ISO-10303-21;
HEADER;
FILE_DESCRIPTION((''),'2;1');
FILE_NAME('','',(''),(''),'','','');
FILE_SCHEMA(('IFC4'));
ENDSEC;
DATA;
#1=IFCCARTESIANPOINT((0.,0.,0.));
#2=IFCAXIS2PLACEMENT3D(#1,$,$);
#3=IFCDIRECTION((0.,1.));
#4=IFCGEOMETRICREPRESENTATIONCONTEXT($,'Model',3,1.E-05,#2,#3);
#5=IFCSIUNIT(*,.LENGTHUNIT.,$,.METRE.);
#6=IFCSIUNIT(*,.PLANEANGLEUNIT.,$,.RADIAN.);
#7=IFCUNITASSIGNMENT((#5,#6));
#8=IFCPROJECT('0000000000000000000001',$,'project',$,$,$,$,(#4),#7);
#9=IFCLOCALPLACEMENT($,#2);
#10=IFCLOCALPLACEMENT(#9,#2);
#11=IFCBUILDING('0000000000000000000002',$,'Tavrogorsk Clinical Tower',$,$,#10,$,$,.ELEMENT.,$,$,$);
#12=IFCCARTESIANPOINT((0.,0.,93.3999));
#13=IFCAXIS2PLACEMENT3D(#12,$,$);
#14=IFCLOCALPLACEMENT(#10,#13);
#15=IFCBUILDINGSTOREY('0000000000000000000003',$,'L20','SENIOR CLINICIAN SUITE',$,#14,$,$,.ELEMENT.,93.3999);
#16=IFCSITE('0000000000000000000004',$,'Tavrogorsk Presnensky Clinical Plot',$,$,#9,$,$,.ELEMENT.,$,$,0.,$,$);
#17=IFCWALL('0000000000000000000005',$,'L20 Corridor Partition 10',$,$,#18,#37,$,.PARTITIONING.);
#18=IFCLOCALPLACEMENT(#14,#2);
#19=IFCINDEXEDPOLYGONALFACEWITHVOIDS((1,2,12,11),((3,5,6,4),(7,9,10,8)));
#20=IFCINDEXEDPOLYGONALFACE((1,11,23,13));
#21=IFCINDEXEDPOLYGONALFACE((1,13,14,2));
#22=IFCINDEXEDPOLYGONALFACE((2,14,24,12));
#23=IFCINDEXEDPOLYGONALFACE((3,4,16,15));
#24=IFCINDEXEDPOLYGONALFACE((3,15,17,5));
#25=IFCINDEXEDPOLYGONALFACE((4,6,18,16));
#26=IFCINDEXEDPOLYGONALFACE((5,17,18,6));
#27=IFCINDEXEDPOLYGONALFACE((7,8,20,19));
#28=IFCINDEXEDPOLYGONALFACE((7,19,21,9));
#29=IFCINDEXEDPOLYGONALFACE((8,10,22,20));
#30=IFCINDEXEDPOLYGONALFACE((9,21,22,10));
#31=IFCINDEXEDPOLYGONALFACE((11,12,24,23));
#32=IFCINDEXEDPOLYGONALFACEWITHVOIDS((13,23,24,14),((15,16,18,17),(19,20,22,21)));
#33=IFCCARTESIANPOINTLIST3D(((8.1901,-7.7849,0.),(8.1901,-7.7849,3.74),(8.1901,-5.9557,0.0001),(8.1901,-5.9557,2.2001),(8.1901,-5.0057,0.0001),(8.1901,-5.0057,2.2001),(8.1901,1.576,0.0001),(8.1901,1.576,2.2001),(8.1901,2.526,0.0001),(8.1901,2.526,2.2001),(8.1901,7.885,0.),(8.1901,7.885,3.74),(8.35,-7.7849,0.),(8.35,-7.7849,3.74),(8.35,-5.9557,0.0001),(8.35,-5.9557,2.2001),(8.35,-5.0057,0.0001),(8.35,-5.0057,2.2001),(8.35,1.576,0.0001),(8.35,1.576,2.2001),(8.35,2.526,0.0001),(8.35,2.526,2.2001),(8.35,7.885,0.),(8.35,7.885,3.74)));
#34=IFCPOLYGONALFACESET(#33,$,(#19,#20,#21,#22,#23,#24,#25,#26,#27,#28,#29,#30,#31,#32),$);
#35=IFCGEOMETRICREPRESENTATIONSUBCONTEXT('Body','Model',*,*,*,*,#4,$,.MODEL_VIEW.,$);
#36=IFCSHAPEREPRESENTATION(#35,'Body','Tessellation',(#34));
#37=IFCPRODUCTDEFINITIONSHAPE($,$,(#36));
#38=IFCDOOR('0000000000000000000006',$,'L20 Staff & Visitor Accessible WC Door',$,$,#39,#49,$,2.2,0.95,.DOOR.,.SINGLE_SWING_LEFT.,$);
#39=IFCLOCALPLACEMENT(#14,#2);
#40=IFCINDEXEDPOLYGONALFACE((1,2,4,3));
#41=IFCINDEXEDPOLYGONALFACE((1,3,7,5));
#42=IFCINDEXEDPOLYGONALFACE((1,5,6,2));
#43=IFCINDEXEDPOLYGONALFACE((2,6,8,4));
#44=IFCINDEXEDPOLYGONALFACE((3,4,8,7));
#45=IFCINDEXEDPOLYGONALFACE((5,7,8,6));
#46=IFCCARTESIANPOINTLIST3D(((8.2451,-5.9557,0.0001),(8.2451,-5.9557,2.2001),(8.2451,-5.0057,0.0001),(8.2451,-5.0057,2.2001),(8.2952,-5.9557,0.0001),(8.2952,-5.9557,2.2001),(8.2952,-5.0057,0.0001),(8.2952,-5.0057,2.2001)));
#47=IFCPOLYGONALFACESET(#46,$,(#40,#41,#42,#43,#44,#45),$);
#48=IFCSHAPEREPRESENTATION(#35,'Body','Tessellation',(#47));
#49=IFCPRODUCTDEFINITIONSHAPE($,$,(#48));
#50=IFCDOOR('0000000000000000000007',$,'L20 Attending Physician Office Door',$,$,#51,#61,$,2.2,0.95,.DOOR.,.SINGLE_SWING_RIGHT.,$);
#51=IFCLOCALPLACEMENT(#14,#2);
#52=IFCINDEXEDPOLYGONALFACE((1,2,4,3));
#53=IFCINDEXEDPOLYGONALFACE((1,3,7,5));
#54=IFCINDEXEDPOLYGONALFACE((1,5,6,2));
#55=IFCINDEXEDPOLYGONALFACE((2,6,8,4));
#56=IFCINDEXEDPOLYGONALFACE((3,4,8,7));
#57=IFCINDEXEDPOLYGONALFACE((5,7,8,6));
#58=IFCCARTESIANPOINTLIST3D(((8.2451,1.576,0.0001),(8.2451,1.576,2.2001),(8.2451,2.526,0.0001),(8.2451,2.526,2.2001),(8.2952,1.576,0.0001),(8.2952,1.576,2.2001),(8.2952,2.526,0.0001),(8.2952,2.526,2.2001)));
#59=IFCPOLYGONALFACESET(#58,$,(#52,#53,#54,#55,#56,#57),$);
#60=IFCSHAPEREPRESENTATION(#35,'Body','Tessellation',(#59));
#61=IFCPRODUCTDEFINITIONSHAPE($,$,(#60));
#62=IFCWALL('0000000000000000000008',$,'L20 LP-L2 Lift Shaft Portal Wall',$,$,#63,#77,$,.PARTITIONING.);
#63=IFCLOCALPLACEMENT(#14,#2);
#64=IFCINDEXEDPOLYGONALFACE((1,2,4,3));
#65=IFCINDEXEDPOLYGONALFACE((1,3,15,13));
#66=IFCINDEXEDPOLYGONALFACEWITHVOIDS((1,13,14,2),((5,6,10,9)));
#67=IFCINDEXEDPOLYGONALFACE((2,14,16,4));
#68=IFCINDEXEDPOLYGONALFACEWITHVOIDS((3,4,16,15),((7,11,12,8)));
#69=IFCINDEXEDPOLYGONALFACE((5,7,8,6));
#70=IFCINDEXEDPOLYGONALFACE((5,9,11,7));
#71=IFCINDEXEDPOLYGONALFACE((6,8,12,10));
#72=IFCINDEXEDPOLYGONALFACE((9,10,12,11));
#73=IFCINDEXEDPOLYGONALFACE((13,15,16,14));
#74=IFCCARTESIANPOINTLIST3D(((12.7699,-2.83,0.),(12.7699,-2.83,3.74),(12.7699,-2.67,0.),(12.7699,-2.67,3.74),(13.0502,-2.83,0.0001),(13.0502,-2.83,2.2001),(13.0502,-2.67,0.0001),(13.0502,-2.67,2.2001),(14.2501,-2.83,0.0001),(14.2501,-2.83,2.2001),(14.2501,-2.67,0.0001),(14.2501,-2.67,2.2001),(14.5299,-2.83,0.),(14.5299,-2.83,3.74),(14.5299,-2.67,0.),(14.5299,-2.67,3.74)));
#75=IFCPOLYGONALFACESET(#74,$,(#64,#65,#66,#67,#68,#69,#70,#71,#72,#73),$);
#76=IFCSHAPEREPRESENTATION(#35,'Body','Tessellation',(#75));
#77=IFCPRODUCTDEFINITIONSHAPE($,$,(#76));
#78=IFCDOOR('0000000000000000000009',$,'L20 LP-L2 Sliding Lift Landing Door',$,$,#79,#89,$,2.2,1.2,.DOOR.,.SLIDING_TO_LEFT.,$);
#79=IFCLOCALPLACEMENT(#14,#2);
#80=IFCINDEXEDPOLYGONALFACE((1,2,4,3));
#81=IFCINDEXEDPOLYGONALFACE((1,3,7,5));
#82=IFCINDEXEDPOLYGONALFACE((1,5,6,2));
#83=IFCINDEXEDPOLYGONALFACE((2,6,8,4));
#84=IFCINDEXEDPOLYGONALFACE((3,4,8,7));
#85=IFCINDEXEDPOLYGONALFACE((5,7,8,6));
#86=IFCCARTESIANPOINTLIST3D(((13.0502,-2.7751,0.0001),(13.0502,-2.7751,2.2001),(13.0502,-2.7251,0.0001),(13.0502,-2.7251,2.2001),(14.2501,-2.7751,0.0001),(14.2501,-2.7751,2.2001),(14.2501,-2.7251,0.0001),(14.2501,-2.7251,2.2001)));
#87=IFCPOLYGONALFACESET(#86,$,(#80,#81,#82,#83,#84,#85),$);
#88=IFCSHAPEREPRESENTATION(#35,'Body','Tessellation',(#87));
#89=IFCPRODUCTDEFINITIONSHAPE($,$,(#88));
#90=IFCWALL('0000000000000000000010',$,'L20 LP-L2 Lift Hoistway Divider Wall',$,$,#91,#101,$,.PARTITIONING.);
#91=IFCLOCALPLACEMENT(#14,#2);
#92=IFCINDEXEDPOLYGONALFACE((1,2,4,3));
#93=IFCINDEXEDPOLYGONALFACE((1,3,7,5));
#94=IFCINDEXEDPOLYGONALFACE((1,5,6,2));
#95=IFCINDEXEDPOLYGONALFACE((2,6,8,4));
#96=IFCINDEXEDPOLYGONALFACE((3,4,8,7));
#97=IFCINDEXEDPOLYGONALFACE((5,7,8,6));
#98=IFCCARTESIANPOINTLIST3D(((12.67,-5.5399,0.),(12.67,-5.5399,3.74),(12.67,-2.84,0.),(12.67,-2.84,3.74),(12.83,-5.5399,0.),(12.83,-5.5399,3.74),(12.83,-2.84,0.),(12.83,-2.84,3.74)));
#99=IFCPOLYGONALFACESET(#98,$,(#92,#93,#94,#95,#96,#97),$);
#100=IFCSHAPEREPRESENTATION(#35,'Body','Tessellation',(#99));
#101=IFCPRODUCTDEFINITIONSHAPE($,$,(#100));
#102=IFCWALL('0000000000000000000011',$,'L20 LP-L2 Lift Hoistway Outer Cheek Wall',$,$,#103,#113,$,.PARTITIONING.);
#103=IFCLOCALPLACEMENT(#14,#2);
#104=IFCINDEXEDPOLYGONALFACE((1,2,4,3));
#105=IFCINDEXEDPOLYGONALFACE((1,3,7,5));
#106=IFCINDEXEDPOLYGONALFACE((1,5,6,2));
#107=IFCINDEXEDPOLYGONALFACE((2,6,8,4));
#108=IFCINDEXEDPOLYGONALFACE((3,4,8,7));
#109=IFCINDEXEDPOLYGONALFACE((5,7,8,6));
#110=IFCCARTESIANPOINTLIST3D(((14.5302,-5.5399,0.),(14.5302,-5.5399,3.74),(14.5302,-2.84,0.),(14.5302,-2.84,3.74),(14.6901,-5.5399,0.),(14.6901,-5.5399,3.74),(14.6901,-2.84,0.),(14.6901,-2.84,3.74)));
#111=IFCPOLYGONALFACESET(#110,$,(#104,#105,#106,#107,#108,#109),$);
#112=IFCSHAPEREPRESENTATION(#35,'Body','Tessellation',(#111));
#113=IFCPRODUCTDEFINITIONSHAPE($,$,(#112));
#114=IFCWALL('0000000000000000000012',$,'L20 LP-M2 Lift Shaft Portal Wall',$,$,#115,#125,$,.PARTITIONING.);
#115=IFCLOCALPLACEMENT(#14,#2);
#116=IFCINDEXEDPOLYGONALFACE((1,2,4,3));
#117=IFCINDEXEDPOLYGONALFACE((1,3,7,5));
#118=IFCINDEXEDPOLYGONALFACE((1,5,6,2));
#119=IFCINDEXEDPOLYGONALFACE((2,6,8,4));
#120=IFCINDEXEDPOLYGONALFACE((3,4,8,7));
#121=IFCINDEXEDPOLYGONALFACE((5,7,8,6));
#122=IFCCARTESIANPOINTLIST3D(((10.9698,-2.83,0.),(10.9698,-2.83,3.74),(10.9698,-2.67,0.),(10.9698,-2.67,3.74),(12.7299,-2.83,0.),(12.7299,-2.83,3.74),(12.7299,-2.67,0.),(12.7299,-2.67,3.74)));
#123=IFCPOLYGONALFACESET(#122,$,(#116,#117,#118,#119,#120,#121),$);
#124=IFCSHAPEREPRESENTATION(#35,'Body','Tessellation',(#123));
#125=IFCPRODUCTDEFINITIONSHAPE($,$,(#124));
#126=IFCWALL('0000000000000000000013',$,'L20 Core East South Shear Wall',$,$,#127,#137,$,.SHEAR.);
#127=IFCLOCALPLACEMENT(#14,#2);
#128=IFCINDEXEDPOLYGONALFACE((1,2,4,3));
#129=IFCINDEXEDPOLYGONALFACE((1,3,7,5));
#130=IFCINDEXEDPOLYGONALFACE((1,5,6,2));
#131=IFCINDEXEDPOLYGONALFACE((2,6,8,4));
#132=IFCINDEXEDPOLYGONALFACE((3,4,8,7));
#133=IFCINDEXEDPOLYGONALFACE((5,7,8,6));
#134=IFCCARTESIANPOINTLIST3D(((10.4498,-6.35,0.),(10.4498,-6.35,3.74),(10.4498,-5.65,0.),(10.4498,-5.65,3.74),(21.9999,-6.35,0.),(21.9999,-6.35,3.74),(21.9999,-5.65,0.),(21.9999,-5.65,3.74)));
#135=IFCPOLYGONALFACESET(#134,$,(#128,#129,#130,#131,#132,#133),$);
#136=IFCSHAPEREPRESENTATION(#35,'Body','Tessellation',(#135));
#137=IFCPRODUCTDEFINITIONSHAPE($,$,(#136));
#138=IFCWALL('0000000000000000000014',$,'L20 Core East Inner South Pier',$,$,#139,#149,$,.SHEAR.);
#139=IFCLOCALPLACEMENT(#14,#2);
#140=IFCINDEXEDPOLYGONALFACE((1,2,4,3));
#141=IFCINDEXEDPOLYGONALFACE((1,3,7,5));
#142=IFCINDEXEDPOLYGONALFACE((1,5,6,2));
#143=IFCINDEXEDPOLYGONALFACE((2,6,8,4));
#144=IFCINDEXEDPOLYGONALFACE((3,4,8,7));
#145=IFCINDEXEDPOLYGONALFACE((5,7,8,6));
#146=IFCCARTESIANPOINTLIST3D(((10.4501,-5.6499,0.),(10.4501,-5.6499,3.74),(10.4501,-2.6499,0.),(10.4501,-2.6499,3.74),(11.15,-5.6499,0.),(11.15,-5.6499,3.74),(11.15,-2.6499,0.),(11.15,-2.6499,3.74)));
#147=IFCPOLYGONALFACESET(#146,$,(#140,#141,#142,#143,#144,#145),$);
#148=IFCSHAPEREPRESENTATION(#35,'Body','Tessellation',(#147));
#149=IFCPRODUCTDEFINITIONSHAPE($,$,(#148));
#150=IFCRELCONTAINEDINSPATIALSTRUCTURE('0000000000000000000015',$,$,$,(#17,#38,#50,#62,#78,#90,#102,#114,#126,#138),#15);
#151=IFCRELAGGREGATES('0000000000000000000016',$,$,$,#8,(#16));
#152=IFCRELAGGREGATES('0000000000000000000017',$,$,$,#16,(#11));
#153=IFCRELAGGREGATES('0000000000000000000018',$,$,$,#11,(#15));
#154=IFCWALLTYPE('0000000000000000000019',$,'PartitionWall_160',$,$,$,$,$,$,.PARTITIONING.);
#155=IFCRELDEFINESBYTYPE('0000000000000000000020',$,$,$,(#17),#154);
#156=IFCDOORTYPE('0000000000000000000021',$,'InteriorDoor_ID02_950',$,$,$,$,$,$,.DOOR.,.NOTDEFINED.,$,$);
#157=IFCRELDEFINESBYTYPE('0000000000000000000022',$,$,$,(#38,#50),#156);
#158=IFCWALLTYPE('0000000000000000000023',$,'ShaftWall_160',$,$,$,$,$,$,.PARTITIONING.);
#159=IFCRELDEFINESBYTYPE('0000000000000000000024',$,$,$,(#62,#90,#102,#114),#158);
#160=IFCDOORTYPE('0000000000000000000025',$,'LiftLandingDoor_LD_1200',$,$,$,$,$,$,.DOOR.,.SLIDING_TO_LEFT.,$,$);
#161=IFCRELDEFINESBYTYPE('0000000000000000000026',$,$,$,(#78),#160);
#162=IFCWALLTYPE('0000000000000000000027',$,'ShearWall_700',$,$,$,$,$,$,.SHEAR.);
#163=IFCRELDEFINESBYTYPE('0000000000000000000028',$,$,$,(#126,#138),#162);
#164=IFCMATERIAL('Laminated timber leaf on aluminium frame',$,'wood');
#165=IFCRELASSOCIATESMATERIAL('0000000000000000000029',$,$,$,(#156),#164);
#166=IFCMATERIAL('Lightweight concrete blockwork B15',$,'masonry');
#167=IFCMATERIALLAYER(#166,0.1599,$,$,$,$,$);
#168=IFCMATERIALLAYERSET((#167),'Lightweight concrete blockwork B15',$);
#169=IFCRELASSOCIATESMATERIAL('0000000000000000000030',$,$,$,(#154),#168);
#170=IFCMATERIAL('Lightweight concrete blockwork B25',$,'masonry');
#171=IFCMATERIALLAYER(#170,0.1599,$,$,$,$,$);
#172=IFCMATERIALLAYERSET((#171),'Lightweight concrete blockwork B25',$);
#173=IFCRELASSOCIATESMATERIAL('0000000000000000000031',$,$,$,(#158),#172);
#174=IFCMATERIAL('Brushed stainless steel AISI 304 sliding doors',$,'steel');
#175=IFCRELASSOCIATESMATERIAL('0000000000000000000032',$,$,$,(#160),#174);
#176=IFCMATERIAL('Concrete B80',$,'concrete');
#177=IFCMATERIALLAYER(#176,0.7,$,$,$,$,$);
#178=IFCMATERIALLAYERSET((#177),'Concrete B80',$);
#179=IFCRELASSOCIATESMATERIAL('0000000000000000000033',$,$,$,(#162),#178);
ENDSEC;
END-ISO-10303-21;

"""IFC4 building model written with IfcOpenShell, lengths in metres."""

from ifc_helpers import new_model, si_unit, direction, frame, frame_2d, origin, place, context, subcontext, project, spatial, rectangle, extrude, material, layer, layer_set, type_object, element, fill, save


model = new_model("IFC4")

# Units and contexts
model_context = context("Model", 3, precision=1e-05, world=origin(), true_north=direction((0.0, 1.0)))
body_context = subcontext(model_context, "Body", "Model", "MODEL_VIEW")
ifc_project = project(units=[si_unit("LENGTHUNIT", "METRE"), si_unit("PLANEANGLEUNIT", "RADIAN")], contexts=[model_context])

# Site, building, storey
site_placement = place(None, origin())
site = spatial("IfcSite", under=ifc_project, at=site_placement, Name="Tavrogorsk Presnensky Clinical Plot", CompositionType="ELEMENT", RefElevation=0.0)
building_placement = place(site_placement, origin())
building = spatial("IfcBuilding", under=site, at=building_placement, Name="Tavrogorsk Clinical Tower", CompositionType="ELEMENT")
storey_placement = place(building_placement, frame((0.0, 0.0, 93.3999)))
storey = spatial("IfcBuildingStorey", under=building, at=storey_placement, Name="L20", Description="SENIOR CLINICIAN SUITE", CompositionType="ELEMENT", Elevation=93.3999)

# Shared definitions
ifc_material_1 = material(Name="Laminated timber leaf on aluminium frame", Category="wood")
door_type_1 = type_object("IfcDoorType", Name="InteriorDoor_ID02_950", OperationType="NOTDEFINED", PredefinedType="DOOR", material=ifc_material_1)

# Shared definitions
ifc_material_2 = material(Name="Lightweight concrete blockwork B15", Category="masonry")
ifc_layer_1 = layer(ifc_material_2, 0.1599)
ifc_layer_set_1 = layer_set([ifc_layer_1], Name="Lightweight concrete blockwork B15")
wall_type_1 = type_object("IfcWallType", Name="PartitionWall_160", PredefinedType="PARTITIONING", material=ifc_layer_set_1)

# Wall, openings, doors
wall_1_placement = place(storey_placement, frame((8.27, -7.7849, 0.0), z_axis=(0.0, 0.0, 1.0), x_axis=(0.0, 1.0, 0.0)))
wall_1 = element("IfcWall", 1, at=wall_1_placement, inside=storey, type_object=wall_type_1, Name="L20 Corridor Partition 10", PredefinedType="PARTITIONING", context=body_context, shape_type="SweptSolid", body=[
    extrude(rectangle(XDim=15.6699, YDim=0.1599, at=frame_2d((7.835, 0.0))), origin(), (0.0, 0.0, 1.0), 3.74),
])
opening_1_placement = place(wall_1_placement, frame((1.8291, 0.0, 0.0)))
opening_1 = element("IfcOpeningElement", 2, at=opening_1_placement, cuts=wall_1, PredefinedType="OPENING", context=body_context, shape_type="SweptSolid", body=[
    extrude(rectangle(XDim=0.95, YDim=2.2, at=frame_2d((0.4751, 1.1001))), frame((0.0, 0.0898, 0.0), z_axis=(0.0, -1.0, 0.0), x_axis=(1.0, 0.0, 0.0)), (0.0, 0.0, 1.0), 0.1799),
])
opening_2_placement = place(wall_1_placement, frame((9.3608, 0.0, 0.0)))
opening_2 = element("IfcOpeningElement", 3, at=opening_2_placement, cuts=wall_1, PredefinedType="OPENING", context=body_context, shape_type="SweptSolid", body=[
    extrude(rectangle(XDim=0.95, YDim=2.2, at=frame_2d((0.4751, 1.1001))), frame((0.0, 0.0898, 0.0), z_axis=(0.0, -1.0, 0.0), x_axis=(1.0, 0.0, 0.0)), (0.0, 0.0, 1.0), 0.1799),
])
door_1_placement = place(opening_1_placement, origin())
door_1 = element("IfcDoor", 4, at=door_1_placement, inside=storey, type_object=door_type_1, Name="L20 Staff & Visitor Accessible WC Door", OperationType="SINGLE_SWING_LEFT", OverallHeight=2.2, OverallWidth=0.95, PredefinedType="DOOR", context=body_context, shape_type="SweptSolid", body=[
    extrude(rectangle(XDim=0.95, YDim=2.2, at=frame_2d((0.4751, 1.1001))), frame((0.0, 0.0249, 0.0), z_axis=(0.0, -1.0, 0.0), x_axis=(1.0, 0.0, 0.0)), (0.0, 0.0, 1.0), 0.05),
])
fill(opening_1, door_1)
door_2_placement = place(opening_2_placement, origin())
door_2 = element("IfcDoor", 5, at=door_2_placement, inside=storey, type_object=door_type_1, Name="L20 Attending Physician Office Door", OperationType="SINGLE_SWING_RIGHT", OverallHeight=2.2, OverallWidth=0.95, PredefinedType="DOOR", context=body_context, shape_type="SweptSolid", body=[
    extrude(rectangle(XDim=0.95, YDim=2.2, at=frame_2d((0.4751, 1.1001))), frame((0.0, 0.0249, 0.0), z_axis=(0.0, -1.0, 0.0), x_axis=(1.0, 0.0, 0.0)), (0.0, 0.0, 1.0), 0.05),
])
fill(opening_2, door_2)

# Wall, opening, door
ifc_material_3 = material(Name="Lightweight concrete blockwork B25", Category="masonry")
ifc_layer_2 = layer(ifc_material_3, 0.1599)
ifc_layer_set_2 = layer_set([ifc_layer_2], Name="Lightweight concrete blockwork B25")
wall_type_2 = type_object("IfcWallType", Name="ShaftWall_160", PredefinedType="PARTITIONING", material=ifc_layer_set_2)
wall_2_placement = place(storey_placement, frame((12.77, -2.75, 0.0), z_axis=(0.0, 0.0, 1.0), x_axis=(1.0, 0.0, 0.0)))
wall_2 = element("IfcWall", 6, at=wall_2_placement, inside=storey, type_object=wall_type_2, Name="L20 LP-L2 Lift Shaft Portal Wall", PredefinedType="PARTITIONING", context=body_context, shape_type="SweptSolid", body=[
    extrude(rectangle(XDim=1.76, YDim=0.1599, at=frame_2d((0.8799, 0.0))), origin(), (0.0, 0.0, 1.0), 3.74),
])
opening_3_placement = place(wall_2_placement, frame((0.28, 0.0, 0.0)))
opening_3 = element("IfcOpeningElement", 7, at=opening_3_placement, cuts=wall_2, PredefinedType="OPENING", context=body_context, shape_type="SweptSolid", body=[
    extrude(rectangle(XDim=1.2, YDim=2.2, at=frame_2d((0.6001, 1.1001))), frame((0.0, 0.0898, 0.0), z_axis=(0.0, -1.0, 0.0), x_axis=(1.0, 0.0, 0.0)), (0.0, 0.0, 1.0), 0.1799),
])
ifc_material_4 = material(Name="Brushed stainless steel AISI 304 sliding doors", Category="steel")
door_type_2 = type_object("IfcDoorType", Name="LiftLandingDoor_LD_1200", OperationType="SLIDING_TO_LEFT", PredefinedType="DOOR", material=ifc_material_4)
door_3_placement = place(opening_3_placement, origin())
door_3 = element("IfcDoor", 8, at=door_3_placement, inside=storey, type_object=door_type_2, Name="L20 LP-L2 Sliding Lift Landing Door", OperationType="SLIDING_TO_LEFT", OverallHeight=2.2, OverallWidth=1.2, PredefinedType="DOOR", context=body_context, shape_type="SweptSolid", body=[
    extrude(rectangle(XDim=1.2, YDim=2.2, at=frame_2d((0.6001, 1.1001))), frame((0.0, 0.0249, 0.0), z_axis=(0.0, -1.0, 0.0), x_axis=(1.0, 0.0, 0.0)), (0.0, 0.0, 1.0), 0.05),
])
fill(opening_3, door_3)

# Walls
for number, where, z_axis, x_axis, name in (
    (9, (12.75, -5.54, 0.0), (0.0, 0.0, 1.0), (0.0, 1.0, 0.0), "L20 LP-L2 Lift Hoistway Divider Wall"),
    (10, (14.6101, -5.54, 0.0), (0.0, 0.0, 1.0), (0.0, 1.0, 0.0), "L20 LP-L2 Lift Hoistway Outer Cheek Wall"),
):
    element("IfcWall", number, at=place(storey_placement, frame(where, z_axis=z_axis, x_axis=x_axis)), inside=storey, type_object=wall_type_2, Name=name, PredefinedType="PARTITIONING", context=body_context, shape_type="SweptSolid", body=[
        extrude(rectangle(XDim=2.7, YDim=0.1599, at=frame_2d((1.3501, 0.0))), origin(), (0.0, 0.0, 1.0), 3.74),
    ])
wall_3_placement = place(storey_placement, frame((10.97, -2.75, 0.0), z_axis=(0.0, 0.0, 1.0), x_axis=(1.0, 0.0, 0.0)))
element("IfcWall", 11, at=wall_3_placement, inside=storey, type_object=wall_type_2, Name="L20 LP-M2 Lift Shaft Portal Wall", PredefinedType="PARTITIONING", context=body_context, shape_type="SweptSolid", body=[
    extrude(rectangle(XDim=1.76, YDim=0.1599, at=frame_2d((0.8799, 0.0))), origin(), (0.0, 0.0, 1.0), 3.74),
])
ifc_material_5 = material(Name="Concrete B80", Category="concrete")
ifc_layer_3 = layer(ifc_material_5, 0.7)
ifc_layer_set_3 = layer_set([ifc_layer_3], Name="Concrete B80")
wall_type_3 = type_object("IfcWallType", Name="ShearWall_700", PredefinedType="SHEAR", material=ifc_layer_set_3)
wall_4_placement = place(storey_placement, frame((10.45, -6.0, 0.0), z_axis=(0.0, 0.0, 1.0), x_axis=(1.0, 0.0, 0.0)))
element("IfcWall", 12, at=wall_4_placement, inside=storey, type_object=wall_type_3, Name="L20 Core East South Shear Wall", PredefinedType="SHEAR", context=body_context, shape_type="SweptSolid", body=[
    extrude(rectangle(XDim=11.55, YDim=0.7, at=frame_2d((5.7749, 0.0))), origin(), (0.0, 0.0, 1.0), 3.74),
])
wall_5_placement = place(storey_placement, frame((10.8, -5.6499, 0.0), z_axis=(0.0, 0.0, 1.0), x_axis=(0.0, 1.0, 0.0)))
element("IfcWall", 13, at=wall_5_placement, inside=storey, type_object=wall_type_3, Name="L20 Core East Inner South Pier", PredefinedType="SHEAR", context=body_context, shape_type="SweptSolid", body=[
    extrude(rectangle(XDim=3.0, YDim=0.7, at=frame_2d((1.5, 0.0))), origin(), (0.0, 0.0, 1.0), 3.74),
])

save(model, "model.ifc")
